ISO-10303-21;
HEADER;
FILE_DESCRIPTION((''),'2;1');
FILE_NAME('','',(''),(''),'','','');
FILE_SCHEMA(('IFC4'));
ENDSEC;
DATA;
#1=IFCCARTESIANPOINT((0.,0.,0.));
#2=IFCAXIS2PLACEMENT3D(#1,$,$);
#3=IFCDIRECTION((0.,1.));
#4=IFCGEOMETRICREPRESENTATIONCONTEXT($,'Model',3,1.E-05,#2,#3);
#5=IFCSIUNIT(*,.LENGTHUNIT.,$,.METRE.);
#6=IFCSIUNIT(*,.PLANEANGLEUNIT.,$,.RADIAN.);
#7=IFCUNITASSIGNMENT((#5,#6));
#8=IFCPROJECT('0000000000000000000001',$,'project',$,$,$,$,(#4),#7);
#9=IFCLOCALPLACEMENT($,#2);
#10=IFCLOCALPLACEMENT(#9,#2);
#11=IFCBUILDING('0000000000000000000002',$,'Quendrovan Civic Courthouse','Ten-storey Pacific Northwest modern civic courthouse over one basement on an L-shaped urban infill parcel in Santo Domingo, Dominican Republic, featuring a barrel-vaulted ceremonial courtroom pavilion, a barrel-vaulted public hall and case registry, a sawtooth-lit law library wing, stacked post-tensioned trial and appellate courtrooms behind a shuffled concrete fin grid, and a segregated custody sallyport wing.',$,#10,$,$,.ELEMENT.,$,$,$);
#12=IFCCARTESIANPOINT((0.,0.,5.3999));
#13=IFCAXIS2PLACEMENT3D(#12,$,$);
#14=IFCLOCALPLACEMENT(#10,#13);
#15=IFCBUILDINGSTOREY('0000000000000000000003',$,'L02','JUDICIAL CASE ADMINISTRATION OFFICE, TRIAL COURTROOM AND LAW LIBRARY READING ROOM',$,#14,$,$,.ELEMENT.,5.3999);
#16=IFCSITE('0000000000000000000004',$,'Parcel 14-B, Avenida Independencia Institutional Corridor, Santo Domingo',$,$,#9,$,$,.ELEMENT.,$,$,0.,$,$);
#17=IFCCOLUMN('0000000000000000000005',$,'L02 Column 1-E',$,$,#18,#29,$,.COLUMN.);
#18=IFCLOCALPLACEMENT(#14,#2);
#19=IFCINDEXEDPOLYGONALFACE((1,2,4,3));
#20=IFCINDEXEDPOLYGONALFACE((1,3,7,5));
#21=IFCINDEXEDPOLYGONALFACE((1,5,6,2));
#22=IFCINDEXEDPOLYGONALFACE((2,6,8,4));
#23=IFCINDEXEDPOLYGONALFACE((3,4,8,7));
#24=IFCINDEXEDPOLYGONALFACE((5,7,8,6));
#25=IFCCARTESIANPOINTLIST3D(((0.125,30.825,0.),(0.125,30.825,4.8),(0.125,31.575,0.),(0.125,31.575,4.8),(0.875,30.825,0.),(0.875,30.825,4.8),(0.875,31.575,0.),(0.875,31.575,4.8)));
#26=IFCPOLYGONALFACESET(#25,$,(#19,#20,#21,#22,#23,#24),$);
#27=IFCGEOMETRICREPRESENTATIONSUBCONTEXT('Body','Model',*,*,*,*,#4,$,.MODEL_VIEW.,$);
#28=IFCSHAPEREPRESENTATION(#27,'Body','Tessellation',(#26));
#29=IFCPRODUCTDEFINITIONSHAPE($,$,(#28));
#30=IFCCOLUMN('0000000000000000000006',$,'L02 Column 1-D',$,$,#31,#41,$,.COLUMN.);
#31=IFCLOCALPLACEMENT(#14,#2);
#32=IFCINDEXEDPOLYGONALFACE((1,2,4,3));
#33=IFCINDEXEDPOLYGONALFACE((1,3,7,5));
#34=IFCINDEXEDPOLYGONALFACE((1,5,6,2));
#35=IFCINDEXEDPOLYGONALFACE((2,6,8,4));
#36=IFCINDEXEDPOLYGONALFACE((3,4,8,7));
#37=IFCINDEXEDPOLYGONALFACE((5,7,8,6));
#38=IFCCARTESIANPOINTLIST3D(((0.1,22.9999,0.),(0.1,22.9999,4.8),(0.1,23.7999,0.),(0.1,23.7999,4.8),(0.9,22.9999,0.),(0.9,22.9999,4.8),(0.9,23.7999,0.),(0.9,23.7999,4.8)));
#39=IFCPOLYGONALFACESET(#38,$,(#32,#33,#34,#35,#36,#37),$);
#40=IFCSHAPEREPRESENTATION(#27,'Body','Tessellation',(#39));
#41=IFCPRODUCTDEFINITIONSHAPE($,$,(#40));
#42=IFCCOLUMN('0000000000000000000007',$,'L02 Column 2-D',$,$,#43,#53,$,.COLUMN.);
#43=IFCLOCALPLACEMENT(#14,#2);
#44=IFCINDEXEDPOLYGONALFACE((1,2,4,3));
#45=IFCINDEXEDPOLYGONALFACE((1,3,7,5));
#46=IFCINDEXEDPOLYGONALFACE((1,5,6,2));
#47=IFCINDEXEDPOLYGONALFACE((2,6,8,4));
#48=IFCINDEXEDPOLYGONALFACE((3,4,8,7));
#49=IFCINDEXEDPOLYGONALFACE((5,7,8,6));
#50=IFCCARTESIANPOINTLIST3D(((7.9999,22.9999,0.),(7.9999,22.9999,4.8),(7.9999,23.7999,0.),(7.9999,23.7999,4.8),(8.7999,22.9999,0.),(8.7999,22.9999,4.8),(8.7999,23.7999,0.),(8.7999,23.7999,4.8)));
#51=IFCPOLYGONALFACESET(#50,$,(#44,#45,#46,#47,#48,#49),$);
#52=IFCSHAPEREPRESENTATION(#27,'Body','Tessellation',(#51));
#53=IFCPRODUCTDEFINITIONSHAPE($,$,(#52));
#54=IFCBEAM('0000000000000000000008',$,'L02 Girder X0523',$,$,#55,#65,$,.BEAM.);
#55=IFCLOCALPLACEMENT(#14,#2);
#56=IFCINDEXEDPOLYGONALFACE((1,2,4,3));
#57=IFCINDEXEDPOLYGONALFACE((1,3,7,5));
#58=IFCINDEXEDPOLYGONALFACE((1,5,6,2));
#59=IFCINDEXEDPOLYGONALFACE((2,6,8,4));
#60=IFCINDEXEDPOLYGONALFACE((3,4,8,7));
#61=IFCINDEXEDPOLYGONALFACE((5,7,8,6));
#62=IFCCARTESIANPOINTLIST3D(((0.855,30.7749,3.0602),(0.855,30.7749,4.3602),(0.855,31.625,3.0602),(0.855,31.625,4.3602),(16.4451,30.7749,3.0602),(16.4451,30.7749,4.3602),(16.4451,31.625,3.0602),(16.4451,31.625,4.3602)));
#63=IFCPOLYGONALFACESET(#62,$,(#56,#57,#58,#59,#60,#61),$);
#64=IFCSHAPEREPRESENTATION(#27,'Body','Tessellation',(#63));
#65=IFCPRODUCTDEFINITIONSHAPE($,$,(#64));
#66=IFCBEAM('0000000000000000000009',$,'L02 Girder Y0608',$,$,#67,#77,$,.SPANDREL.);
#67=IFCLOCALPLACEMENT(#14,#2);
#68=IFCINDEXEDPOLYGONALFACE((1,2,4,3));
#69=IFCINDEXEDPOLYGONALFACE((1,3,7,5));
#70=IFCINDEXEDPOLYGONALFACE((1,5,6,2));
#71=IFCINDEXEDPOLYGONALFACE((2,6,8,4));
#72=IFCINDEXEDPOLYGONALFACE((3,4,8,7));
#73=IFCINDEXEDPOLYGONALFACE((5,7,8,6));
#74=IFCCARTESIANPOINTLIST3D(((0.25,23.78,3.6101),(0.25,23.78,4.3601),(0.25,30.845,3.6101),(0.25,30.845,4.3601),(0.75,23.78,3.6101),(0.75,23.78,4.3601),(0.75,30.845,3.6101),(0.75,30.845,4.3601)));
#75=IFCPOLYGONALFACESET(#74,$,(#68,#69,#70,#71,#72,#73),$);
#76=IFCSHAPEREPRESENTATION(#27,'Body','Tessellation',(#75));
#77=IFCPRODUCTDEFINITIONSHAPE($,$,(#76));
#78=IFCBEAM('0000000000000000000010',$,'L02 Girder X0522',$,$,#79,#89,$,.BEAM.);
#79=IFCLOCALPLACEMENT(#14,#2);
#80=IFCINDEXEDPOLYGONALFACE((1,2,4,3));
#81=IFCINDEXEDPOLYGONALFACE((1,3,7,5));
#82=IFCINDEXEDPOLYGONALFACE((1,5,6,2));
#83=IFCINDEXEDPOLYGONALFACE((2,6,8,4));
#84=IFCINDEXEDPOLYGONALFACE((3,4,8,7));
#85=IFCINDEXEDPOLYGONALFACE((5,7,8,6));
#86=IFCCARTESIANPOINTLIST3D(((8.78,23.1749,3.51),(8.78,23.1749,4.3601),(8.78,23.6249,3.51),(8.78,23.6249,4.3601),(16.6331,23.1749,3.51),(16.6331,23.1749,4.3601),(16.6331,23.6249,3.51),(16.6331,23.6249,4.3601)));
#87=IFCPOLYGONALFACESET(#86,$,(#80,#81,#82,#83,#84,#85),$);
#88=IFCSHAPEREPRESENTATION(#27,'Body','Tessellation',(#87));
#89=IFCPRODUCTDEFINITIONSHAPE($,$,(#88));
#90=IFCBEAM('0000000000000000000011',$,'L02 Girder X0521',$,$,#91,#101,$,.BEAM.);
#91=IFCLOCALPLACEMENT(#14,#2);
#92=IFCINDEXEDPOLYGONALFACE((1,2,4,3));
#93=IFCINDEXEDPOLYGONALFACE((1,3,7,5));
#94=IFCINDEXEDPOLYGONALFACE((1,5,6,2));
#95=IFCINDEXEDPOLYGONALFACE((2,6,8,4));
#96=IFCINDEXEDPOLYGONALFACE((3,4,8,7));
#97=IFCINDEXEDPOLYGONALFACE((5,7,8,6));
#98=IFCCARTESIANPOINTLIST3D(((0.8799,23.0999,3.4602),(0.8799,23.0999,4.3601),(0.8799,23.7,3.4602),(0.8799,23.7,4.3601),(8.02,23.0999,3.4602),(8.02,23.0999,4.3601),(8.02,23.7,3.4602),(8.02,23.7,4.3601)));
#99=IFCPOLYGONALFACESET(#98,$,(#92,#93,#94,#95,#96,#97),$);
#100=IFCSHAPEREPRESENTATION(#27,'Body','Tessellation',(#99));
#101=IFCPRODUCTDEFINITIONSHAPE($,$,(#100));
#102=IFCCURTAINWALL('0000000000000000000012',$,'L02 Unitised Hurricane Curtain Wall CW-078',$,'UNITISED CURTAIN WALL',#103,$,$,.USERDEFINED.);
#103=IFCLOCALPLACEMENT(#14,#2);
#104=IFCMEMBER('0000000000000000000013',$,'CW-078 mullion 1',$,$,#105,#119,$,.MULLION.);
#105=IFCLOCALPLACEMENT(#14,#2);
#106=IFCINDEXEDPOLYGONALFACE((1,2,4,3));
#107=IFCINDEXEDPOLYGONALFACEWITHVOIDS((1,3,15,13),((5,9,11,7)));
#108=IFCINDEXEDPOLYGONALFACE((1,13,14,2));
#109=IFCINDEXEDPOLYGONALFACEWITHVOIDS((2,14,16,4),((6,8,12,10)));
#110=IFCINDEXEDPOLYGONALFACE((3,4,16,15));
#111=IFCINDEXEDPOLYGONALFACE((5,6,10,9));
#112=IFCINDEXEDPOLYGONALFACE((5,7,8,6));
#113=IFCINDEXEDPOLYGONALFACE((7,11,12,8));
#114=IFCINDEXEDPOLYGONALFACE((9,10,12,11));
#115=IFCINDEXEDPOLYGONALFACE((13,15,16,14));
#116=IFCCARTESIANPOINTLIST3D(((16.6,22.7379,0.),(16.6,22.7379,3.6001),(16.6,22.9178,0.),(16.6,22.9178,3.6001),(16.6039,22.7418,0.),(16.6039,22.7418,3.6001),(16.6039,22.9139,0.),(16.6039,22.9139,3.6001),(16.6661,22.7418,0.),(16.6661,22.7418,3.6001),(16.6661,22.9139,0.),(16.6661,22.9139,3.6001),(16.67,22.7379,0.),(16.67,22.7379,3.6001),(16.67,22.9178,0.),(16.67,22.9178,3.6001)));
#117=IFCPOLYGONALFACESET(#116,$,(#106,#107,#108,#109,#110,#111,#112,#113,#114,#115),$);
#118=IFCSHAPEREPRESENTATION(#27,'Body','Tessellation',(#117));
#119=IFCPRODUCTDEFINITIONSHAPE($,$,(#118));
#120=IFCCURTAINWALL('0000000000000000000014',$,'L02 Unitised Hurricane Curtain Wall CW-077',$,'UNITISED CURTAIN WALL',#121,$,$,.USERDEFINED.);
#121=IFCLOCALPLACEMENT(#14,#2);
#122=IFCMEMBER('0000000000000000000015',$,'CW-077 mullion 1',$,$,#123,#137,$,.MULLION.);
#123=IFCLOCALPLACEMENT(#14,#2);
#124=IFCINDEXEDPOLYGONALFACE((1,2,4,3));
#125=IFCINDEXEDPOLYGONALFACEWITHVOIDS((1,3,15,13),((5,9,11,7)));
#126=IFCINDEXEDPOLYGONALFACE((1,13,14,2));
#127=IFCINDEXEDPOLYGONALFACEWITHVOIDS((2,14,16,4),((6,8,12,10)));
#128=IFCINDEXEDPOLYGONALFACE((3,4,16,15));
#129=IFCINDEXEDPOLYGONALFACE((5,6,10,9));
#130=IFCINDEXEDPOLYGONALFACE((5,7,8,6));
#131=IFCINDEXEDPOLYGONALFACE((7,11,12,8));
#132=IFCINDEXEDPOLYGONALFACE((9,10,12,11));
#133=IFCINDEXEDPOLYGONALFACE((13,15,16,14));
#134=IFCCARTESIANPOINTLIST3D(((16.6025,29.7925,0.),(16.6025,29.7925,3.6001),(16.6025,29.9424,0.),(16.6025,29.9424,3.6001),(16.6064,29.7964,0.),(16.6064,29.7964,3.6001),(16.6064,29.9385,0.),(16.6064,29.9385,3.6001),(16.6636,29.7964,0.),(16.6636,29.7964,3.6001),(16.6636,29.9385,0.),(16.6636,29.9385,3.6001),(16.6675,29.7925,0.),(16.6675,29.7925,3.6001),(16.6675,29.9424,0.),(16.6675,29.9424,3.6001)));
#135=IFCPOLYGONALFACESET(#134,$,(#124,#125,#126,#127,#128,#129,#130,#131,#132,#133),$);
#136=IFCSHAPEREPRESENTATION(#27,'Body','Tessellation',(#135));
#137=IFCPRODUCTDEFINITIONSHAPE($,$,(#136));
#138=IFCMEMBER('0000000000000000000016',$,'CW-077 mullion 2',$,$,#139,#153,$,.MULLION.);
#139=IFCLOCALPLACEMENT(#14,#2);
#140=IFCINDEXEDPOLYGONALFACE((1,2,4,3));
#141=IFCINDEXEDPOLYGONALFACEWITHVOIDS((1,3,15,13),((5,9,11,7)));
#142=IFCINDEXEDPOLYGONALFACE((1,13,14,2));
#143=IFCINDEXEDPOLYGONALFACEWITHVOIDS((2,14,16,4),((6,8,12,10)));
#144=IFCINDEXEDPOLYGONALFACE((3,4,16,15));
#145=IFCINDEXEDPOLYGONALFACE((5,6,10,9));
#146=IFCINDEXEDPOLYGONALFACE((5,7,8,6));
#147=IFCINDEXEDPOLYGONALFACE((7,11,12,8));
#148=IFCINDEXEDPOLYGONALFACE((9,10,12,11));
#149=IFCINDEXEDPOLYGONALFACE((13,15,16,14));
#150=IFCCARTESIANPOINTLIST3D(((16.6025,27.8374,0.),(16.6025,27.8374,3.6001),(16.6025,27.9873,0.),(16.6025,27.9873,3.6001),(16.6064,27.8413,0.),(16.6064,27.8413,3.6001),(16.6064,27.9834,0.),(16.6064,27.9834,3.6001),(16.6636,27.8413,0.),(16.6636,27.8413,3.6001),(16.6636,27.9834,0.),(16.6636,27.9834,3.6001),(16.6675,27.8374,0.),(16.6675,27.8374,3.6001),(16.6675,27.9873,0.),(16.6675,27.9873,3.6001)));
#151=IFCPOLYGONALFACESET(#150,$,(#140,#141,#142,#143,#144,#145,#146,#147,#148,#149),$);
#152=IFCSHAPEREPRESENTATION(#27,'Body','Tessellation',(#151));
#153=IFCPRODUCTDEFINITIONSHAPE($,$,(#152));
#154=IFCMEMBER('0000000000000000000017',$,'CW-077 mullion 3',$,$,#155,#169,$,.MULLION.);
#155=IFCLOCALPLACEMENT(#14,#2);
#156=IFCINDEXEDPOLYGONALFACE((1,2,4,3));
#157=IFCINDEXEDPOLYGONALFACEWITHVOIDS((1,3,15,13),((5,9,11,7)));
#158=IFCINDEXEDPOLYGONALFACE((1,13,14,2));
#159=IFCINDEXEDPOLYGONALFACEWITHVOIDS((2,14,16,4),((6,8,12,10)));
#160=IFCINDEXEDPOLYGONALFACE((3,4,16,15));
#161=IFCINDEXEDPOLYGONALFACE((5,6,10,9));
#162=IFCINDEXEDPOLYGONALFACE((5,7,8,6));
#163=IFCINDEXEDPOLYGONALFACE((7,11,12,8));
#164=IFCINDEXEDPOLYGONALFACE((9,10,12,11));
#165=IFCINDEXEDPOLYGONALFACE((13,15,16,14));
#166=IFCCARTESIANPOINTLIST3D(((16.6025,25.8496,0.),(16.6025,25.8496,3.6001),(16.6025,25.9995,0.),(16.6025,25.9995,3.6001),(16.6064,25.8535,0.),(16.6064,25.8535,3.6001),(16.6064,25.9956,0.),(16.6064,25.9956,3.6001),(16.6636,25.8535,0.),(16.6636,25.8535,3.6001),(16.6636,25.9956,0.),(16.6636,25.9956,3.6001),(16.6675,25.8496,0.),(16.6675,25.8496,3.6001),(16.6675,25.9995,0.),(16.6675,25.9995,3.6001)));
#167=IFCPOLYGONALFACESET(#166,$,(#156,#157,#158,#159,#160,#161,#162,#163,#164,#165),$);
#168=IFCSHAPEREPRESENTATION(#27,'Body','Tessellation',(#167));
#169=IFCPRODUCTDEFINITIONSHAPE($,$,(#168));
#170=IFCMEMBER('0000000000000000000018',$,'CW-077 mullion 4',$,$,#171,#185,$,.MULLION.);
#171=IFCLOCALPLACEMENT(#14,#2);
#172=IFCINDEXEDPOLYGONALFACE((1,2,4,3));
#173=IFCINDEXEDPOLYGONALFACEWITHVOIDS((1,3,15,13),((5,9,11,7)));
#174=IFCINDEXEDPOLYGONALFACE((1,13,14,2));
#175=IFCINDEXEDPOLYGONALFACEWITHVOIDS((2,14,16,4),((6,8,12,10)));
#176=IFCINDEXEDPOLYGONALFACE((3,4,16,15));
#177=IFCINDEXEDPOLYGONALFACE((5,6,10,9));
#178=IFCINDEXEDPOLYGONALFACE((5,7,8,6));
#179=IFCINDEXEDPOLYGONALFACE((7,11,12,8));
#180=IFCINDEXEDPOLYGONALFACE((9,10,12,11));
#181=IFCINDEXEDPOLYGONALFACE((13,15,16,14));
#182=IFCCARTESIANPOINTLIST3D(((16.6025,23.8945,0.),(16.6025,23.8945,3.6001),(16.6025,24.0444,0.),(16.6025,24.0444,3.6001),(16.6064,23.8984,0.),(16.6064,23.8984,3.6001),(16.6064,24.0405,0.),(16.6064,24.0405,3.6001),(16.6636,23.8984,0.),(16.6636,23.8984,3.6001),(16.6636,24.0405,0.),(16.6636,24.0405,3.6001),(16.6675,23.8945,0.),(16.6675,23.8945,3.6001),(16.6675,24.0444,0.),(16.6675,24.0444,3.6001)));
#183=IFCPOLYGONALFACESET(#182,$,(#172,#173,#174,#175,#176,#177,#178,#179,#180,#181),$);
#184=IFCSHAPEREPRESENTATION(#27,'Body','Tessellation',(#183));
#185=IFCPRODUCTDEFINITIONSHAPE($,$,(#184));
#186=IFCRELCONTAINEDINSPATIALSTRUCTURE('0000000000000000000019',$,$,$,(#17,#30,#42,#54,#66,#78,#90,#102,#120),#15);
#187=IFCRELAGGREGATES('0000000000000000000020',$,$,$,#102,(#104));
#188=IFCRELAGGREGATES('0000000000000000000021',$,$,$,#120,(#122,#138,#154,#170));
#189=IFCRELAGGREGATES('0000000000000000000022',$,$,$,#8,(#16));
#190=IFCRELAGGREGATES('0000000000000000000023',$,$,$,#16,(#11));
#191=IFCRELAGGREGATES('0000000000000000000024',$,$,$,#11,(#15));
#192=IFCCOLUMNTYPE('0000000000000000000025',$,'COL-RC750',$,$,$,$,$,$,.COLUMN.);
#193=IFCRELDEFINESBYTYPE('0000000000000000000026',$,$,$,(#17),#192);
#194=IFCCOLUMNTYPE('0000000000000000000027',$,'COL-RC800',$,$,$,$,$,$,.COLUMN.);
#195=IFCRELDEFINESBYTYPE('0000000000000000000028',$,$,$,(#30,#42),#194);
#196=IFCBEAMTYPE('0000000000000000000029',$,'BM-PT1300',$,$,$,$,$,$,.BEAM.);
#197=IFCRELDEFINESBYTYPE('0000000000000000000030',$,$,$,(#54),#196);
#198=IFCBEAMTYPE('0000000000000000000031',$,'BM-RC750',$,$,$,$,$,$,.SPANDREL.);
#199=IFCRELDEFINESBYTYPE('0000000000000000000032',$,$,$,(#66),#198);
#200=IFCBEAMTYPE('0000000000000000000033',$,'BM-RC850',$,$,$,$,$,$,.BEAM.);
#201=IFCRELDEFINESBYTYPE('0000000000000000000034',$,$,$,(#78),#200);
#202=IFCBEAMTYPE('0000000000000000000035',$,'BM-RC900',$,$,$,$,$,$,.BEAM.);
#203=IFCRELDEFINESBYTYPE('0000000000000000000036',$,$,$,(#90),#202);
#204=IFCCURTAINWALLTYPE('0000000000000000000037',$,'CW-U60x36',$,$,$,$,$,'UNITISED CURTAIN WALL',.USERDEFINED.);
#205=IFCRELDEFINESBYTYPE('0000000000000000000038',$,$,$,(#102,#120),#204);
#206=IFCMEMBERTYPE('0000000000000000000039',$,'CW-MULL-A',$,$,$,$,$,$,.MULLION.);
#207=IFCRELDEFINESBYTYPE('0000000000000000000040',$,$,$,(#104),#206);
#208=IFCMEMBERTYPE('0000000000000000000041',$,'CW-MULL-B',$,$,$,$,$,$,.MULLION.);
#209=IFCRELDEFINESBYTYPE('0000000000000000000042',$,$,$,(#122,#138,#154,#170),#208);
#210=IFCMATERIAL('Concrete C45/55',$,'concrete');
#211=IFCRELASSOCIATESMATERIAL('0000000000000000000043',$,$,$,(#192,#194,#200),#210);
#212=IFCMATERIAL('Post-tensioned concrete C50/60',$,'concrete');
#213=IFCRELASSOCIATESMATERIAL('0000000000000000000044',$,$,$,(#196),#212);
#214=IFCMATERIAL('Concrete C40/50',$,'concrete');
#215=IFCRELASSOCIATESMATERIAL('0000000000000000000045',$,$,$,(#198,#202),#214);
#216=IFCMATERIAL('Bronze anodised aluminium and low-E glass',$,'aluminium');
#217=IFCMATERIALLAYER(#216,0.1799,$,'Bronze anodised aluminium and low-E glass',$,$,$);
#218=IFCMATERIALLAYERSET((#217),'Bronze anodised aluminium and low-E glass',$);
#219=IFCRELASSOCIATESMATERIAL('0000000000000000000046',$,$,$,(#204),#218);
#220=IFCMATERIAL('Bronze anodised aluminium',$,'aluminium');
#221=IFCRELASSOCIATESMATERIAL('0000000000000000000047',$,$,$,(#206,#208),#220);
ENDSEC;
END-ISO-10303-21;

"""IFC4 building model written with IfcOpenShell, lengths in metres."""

from ifc_helpers import new_model, si_unit, direction, frame, origin, origin_2d, place, context, subcontext, project, spatial, rectangle, hollow_rectangle, extrude, material, layer, layer_set, material_profile, profile_set, type_object, element, aggregate, save


model = new_model("IFC4")

# Units and contexts
model_context = context("Model", 3, precision=1e-05, world=origin(), true_north=direction((0.0, 1.0)))
body_context = subcontext(model_context, "Body", "Model", "MODEL_VIEW")
ifc_project = project(units=[si_unit("LENGTHUNIT", "METRE"), si_unit("PLANEANGLEUNIT", "RADIAN")], contexts=[model_context])

# Site, building, storey
site_placement = place(None, origin())
site = spatial("IfcSite", under=ifc_project, at=site_placement, Name="Parcel 14-B, Avenida Independencia Institutional Corridor, Santo Domingo", CompositionType="ELEMENT", RefElevation=0.0)
building_placement = place(site_placement, origin())
building = spatial("IfcBuilding", under=site, at=building_placement, Name="Quendrovan Civic Courthouse", Description="Ten-storey Pacific Northwest modern civic courthouse over one basement on an L-shaped urban infill parcel in Santo Domingo, Dominican Republic, featuring a barrel-vaulted ceremonial courtroom pavilion, a barrel-vaulted public hall and case registry, a sawtooth-lit law library wing, stacked post-tensioned trial and appellate courtrooms behind a shuffled concrete fin grid, and a segregated custody sallyport wing.", CompositionType="ELEMENT")
storey_placement = place(building_placement, frame((0.0, 0.0, 5.3999)))
storey = spatial("IfcBuildingStorey", under=building, at=storey_placement, Name="L02", Description="JUDICIAL CASE ADMINISTRATION OFFICE, TRIAL COURTROOM AND LAW LIBRARY READING ROOM", CompositionType="ELEMENT", Elevation=5.3999)

# Columns
ifc_material_1 = material(Name="Concrete C45/55", Category="concrete")
ifc_material_profile_1 = material_profile(ifc_material_1, rectangle(XDim=0.75, YDim=0.75, at=origin_2d()), Name="RC-COL-750x750")
ifc_profile_set_1 = profile_set([ifc_material_profile_1], Name="Concrete C45/55")
column_type_1 = type_object("IfcColumnType", Name="COL-RC750", PredefinedType="COLUMN", material=ifc_profile_set_1)
column_placement = place(storey_placement, frame((0.5, 31.2, 0.0), z_axis=(0.0, 0.0, 1.0), x_axis=(1.0, 0.0, 0.0)))
element("IfcColumn", 1, at=column_placement, inside=storey, type_object=column_type_1, Name="L02 Column 1-E", PredefinedType="COLUMN", context=body_context, shape_type="SweptSolid", body=[
    extrude(rectangle(XDim=0.75, YDim=0.75, at=origin_2d()), origin(), (0.0, 0.0, 1.0), 4.8),
])
ifc_material_profile_2 = material_profile(ifc_material_1, rectangle(XDim=0.8, YDim=0.8, at=origin_2d()), Name="RC-COL-800x800")
ifc_profile_set_2 = profile_set([ifc_material_profile_2], Name="Concrete C45/55")
column_type_2 = type_object("IfcColumnType", Name="COL-RC800", PredefinedType="COLUMN", material=ifc_profile_set_2)
for number, where, z_axis, x_axis, name in (
    (2, (0.5, 23.3999, 0.0), (0.0, 0.0, 1.0), (1.0, 0.0, 0.0), "L02 Column 1-D"),
    (3, (8.3999, 23.3999, 0.0), (0.0, 0.0, 1.0), (1.0, 0.0, 0.0), "L02 Column 2-D"),
):
    element("IfcColumn", number, at=place(storey_placement, frame(where, z_axis=z_axis, x_axis=x_axis)), inside=storey, type_object=column_type_2, Name=name, PredefinedType="COLUMN", context=body_context, shape_type="SweptSolid", body=[
        extrude(rectangle(XDim=0.8, YDim=0.8, at=origin_2d()), origin(), (0.0, 0.0, 1.0), 4.8),
    ])

# Beams
ifc_material_2 = material(Name="Post-tensioned concrete C50/60", Category="concrete")
ifc_material_profile_3 = material_profile(ifc_material_2, rectangle(XDim=0.8501, YDim=1.3, at=origin_2d()), Name="PT-GRD-850x1300")
ifc_profile_set_3 = profile_set([ifc_material_profile_3], Name="Post-tensioned concrete C50/60")
beam_type_1 = type_object("IfcBeamType", Name="BM-PT1300", PredefinedType="BEAM", material=ifc_profile_set_3)
beam_1_placement = place(storey_placement, frame((0.855, 31.2, 3.7102), z_axis=(1.0, 0.0, 0.0), x_axis=(0.0, 1.0, 0.0)))
element("IfcBeam", 4, at=beam_1_placement, inside=storey, type_object=beam_type_1, Name="L02 Girder X0523", PredefinedType="BEAM", context=body_context, shape_type="SweptSolid", body=[
    extrude(rectangle(XDim=0.8501, YDim=1.3, at=origin_2d()), origin(), (0.0, 0.0, 1.0), 15.5901),
])
ifc_material_3 = material(Name="Concrete C40/50", Category="concrete")
ifc_material_profile_4 = material_profile(ifc_material_3, rectangle(XDim=0.5, YDim=0.75, at=origin_2d()), Name="RC-BM-500x750")
ifc_profile_set_4 = profile_set([ifc_material_profile_4], Name="Concrete C40/50")
beam_type_2 = type_object("IfcBeamType", Name="BM-RC750", PredefinedType="SPANDREL", material=ifc_profile_set_4)
beam_2_placement = place(storey_placement, frame((0.5, 23.78, 3.9851), z_axis=(0.0, 1.0, 0.0), x_axis=(-1.0, 0.0, 0.0)))
element("IfcBeam", 5, at=beam_2_placement, inside=storey, type_object=beam_type_2, Name="L02 Girder Y0608", PredefinedType="SPANDREL", context=body_context, shape_type="SweptSolid", body=[
    extrude(rectangle(XDim=0.5, YDim=0.75, at=origin_2d()), origin(), (0.0, 0.0, 1.0), 7.0649),
])
ifc_material_profile_5 = material_profile(ifc_material_1, rectangle(XDim=0.45, YDim=0.8501, at=origin_2d()), Name="RC-BM-450x850")
ifc_profile_set_5 = profile_set([ifc_material_profile_5], Name="Concrete C45/55")
beam_type_3 = type_object("IfcBeamType", Name="BM-RC850", PredefinedType="BEAM", material=ifc_profile_set_5)
beam_3_placement = place(storey_placement, frame((8.78, 23.3999, 3.9351), z_axis=(1.0, 0.0, 0.0), x_axis=(0.0, 1.0, 0.0)))
element("IfcBeam", 6, at=beam_3_placement, inside=storey, type_object=beam_type_3, Name="L02 Girder X0522", PredefinedType="BEAM", context=body_context, shape_type="SweptSolid", body=[
    extrude(rectangle(XDim=0.45, YDim=0.8501, at=origin_2d()), origin(), (0.0, 0.0, 1.0), 7.853),
])
ifc_material_profile_6 = material_profile(ifc_material_3, rectangle(XDim=0.6001, YDim=0.8999, at=origin_2d()), Name="RC-BM-600x900")
ifc_profile_set_6 = profile_set([ifc_material_profile_6], Name="Concrete C40/50")
beam_type_4 = type_object("IfcBeamType", Name="BM-RC900", PredefinedType="BEAM", material=ifc_profile_set_6)
beam_4_placement = place(storey_placement, frame((0.8799, 23.3999, 3.9102), z_axis=(1.0, 0.0, 0.0), x_axis=(0.0, 1.0, 0.0)))
element("IfcBeam", 7, at=beam_4_placement, inside=storey, type_object=beam_type_4, Name="L02 Girder X0521", PredefinedType="BEAM", context=body_context, shape_type="SweptSolid", body=[
    extrude(rectangle(XDim=0.6001, YDim=0.8999, at=origin_2d()), origin(), (0.0, 0.0, 1.0), 7.1401),
])

# Curtain wall, member
ifc_material_4 = material(Name="Bronze anodised aluminium and low-E glass", Category="aluminium")
ifc_layer_1 = layer(ifc_material_4, 0.1799, Name="Bronze anodised aluminium and low-E glass")
ifc_layer_set_1 = layer_set([ifc_layer_1], Name="Bronze anodised aluminium and low-E glass")
curtain_wall_type = type_object("IfcCurtainWallType", Name="CW-U60x36", ElementType="UNITISED CURTAIN WALL", PredefinedType="USERDEFINED", material=ifc_layer_set_1)
curtain_wall_1_placement = place(storey_placement, origin())
curtain_wall_1 = element("IfcCurtainWall", 8, at=curtain_wall_1_placement, inside=storey, type_object=curtain_wall_type, Name="L02 Unitised Hurricane Curtain Wall CW-078", ObjectType="UNITISED CURTAIN WALL", PredefinedType="USERDEFINED")
ifc_material_5 = material(Name="Bronze anodised aluminium", Category="aluminium")
ifc_material_profile_7 = material_profile(ifc_material_5, hollow_rectangle(XDim=0.0701, YDim=0.1799, WallThickness=0.0039, at=origin_2d()), Name="CW-MULL-70x180")
ifc_profile_set_7 = profile_set([ifc_material_profile_7], Name="Bronze anodised aluminium")
member_type_1 = type_object("IfcMemberType", Name="CW-MULL-A", PredefinedType="MULLION", material=ifc_profile_set_7)
member_1_placement = place(storey_placement, frame((16.635, 22.8279, 0.0), z_axis=(0.0, 0.0, 1.0), x_axis=(1.0, 0.0, 0.0)))
member_1 = element("IfcMember", 9, at=member_1_placement, type_object=member_type_1, Name="CW-078 mullion 1", PredefinedType="MULLION", context=body_context, shape_type="SweptSolid", body=[
    extrude(hollow_rectangle(XDim=0.0701, YDim=0.1799, WallThickness=0.0039, at=origin_2d()), origin(), (0.0, 0.0, 1.0), 3.6001),
])
aggregate(curtain_wall_1, [member_1])

# Curtain wall, members
curtain_wall_2_placement = place(storey_placement, origin())
curtain_wall_2 = element("IfcCurtainWall", 10, at=curtain_wall_2_placement, inside=storey, type_object=curtain_wall_type, Name="L02 Unitised Hurricane Curtain Wall CW-077", ObjectType="UNITISED CURTAIN WALL", PredefinedType="USERDEFINED")
ifc_material_profile_8 = material_profile(ifc_material_5, hollow_rectangle(XDim=0.0649, YDim=0.1499, WallThickness=0.0039, at=origin_2d()), Name="CW-MULL-65x150")
ifc_profile_set_8 = profile_set([ifc_material_profile_8], Name="Bronze anodised aluminium")
member_type_2 = type_object("IfcMemberType", Name="CW-MULL-B", PredefinedType="MULLION", material=ifc_profile_set_8)
member_2_placement = place(storey_placement, frame((16.635, 29.8674, 0.0), z_axis=(0.0, 0.0, 1.0), x_axis=(1.0, 0.0, 0.0)))
member_2 = element("IfcMember", 11, at=member_2_placement, type_object=member_type_2, Name="CW-077 mullion 1", PredefinedType="MULLION", context=body_context, shape_type="SweptSolid", body=[
    extrude(hollow_rectangle(XDim=0.0649, YDim=0.1499, WallThickness=0.0039, at=origin_2d()), origin(), (0.0, 0.0, 1.0), 3.6001),
])
member_3_placement = place(storey_placement, frame((16.635, 27.9124, 0.0), z_axis=(0.0, 0.0, 1.0), x_axis=(1.0, 0.0, 0.0)))
member_3 = element("IfcMember", 12, at=member_3_placement, type_object=member_type_2, Name="CW-077 mullion 2", PredefinedType="MULLION", context=body_context, shape_type="SweptSolid", body=[
    extrude(hollow_rectangle(XDim=0.0649, YDim=0.1499, WallThickness=0.0039, at=origin_2d()), origin(), (0.0, 0.0, 1.0), 3.6001),
])
member_4_placement = place(storey_placement, frame((16.635, 25.9246, 0.0), z_axis=(0.0, 0.0, 1.0), x_axis=(1.0, 0.0, 0.0)))
member_4 = element("IfcMember", 13, at=member_4_placement, type_object=member_type_2, Name="CW-077 mullion 3", PredefinedType="MULLION", context=body_context, shape_type="SweptSolid", body=[
    extrude(hollow_rectangle(XDim=0.0649, YDim=0.1499, WallThickness=0.0039, at=origin_2d()), origin(), (0.0, 0.0, 1.0), 3.6001),
])
member_5_placement = place(storey_placement, frame((16.635, 23.9695, 0.0), z_axis=(0.0, 0.0, 1.0), x_axis=(1.0, 0.0, 0.0)))
member_5 = element("IfcMember", 14, at=member_5_placement, type_object=member_type_2, Name="CW-077 mullion 4", PredefinedType="MULLION", context=body_context, shape_type="SweptSolid", body=[
    extrude(hollow_rectangle(XDim=0.0649, YDim=0.1499, WallThickness=0.0039, at=origin_2d()), origin(), (0.0, 0.0, 1.0), 3.6001),
])
aggregate(curtain_wall_2, [member_2, member_3, member_4, member_5])

save(model, "model.ifc")
